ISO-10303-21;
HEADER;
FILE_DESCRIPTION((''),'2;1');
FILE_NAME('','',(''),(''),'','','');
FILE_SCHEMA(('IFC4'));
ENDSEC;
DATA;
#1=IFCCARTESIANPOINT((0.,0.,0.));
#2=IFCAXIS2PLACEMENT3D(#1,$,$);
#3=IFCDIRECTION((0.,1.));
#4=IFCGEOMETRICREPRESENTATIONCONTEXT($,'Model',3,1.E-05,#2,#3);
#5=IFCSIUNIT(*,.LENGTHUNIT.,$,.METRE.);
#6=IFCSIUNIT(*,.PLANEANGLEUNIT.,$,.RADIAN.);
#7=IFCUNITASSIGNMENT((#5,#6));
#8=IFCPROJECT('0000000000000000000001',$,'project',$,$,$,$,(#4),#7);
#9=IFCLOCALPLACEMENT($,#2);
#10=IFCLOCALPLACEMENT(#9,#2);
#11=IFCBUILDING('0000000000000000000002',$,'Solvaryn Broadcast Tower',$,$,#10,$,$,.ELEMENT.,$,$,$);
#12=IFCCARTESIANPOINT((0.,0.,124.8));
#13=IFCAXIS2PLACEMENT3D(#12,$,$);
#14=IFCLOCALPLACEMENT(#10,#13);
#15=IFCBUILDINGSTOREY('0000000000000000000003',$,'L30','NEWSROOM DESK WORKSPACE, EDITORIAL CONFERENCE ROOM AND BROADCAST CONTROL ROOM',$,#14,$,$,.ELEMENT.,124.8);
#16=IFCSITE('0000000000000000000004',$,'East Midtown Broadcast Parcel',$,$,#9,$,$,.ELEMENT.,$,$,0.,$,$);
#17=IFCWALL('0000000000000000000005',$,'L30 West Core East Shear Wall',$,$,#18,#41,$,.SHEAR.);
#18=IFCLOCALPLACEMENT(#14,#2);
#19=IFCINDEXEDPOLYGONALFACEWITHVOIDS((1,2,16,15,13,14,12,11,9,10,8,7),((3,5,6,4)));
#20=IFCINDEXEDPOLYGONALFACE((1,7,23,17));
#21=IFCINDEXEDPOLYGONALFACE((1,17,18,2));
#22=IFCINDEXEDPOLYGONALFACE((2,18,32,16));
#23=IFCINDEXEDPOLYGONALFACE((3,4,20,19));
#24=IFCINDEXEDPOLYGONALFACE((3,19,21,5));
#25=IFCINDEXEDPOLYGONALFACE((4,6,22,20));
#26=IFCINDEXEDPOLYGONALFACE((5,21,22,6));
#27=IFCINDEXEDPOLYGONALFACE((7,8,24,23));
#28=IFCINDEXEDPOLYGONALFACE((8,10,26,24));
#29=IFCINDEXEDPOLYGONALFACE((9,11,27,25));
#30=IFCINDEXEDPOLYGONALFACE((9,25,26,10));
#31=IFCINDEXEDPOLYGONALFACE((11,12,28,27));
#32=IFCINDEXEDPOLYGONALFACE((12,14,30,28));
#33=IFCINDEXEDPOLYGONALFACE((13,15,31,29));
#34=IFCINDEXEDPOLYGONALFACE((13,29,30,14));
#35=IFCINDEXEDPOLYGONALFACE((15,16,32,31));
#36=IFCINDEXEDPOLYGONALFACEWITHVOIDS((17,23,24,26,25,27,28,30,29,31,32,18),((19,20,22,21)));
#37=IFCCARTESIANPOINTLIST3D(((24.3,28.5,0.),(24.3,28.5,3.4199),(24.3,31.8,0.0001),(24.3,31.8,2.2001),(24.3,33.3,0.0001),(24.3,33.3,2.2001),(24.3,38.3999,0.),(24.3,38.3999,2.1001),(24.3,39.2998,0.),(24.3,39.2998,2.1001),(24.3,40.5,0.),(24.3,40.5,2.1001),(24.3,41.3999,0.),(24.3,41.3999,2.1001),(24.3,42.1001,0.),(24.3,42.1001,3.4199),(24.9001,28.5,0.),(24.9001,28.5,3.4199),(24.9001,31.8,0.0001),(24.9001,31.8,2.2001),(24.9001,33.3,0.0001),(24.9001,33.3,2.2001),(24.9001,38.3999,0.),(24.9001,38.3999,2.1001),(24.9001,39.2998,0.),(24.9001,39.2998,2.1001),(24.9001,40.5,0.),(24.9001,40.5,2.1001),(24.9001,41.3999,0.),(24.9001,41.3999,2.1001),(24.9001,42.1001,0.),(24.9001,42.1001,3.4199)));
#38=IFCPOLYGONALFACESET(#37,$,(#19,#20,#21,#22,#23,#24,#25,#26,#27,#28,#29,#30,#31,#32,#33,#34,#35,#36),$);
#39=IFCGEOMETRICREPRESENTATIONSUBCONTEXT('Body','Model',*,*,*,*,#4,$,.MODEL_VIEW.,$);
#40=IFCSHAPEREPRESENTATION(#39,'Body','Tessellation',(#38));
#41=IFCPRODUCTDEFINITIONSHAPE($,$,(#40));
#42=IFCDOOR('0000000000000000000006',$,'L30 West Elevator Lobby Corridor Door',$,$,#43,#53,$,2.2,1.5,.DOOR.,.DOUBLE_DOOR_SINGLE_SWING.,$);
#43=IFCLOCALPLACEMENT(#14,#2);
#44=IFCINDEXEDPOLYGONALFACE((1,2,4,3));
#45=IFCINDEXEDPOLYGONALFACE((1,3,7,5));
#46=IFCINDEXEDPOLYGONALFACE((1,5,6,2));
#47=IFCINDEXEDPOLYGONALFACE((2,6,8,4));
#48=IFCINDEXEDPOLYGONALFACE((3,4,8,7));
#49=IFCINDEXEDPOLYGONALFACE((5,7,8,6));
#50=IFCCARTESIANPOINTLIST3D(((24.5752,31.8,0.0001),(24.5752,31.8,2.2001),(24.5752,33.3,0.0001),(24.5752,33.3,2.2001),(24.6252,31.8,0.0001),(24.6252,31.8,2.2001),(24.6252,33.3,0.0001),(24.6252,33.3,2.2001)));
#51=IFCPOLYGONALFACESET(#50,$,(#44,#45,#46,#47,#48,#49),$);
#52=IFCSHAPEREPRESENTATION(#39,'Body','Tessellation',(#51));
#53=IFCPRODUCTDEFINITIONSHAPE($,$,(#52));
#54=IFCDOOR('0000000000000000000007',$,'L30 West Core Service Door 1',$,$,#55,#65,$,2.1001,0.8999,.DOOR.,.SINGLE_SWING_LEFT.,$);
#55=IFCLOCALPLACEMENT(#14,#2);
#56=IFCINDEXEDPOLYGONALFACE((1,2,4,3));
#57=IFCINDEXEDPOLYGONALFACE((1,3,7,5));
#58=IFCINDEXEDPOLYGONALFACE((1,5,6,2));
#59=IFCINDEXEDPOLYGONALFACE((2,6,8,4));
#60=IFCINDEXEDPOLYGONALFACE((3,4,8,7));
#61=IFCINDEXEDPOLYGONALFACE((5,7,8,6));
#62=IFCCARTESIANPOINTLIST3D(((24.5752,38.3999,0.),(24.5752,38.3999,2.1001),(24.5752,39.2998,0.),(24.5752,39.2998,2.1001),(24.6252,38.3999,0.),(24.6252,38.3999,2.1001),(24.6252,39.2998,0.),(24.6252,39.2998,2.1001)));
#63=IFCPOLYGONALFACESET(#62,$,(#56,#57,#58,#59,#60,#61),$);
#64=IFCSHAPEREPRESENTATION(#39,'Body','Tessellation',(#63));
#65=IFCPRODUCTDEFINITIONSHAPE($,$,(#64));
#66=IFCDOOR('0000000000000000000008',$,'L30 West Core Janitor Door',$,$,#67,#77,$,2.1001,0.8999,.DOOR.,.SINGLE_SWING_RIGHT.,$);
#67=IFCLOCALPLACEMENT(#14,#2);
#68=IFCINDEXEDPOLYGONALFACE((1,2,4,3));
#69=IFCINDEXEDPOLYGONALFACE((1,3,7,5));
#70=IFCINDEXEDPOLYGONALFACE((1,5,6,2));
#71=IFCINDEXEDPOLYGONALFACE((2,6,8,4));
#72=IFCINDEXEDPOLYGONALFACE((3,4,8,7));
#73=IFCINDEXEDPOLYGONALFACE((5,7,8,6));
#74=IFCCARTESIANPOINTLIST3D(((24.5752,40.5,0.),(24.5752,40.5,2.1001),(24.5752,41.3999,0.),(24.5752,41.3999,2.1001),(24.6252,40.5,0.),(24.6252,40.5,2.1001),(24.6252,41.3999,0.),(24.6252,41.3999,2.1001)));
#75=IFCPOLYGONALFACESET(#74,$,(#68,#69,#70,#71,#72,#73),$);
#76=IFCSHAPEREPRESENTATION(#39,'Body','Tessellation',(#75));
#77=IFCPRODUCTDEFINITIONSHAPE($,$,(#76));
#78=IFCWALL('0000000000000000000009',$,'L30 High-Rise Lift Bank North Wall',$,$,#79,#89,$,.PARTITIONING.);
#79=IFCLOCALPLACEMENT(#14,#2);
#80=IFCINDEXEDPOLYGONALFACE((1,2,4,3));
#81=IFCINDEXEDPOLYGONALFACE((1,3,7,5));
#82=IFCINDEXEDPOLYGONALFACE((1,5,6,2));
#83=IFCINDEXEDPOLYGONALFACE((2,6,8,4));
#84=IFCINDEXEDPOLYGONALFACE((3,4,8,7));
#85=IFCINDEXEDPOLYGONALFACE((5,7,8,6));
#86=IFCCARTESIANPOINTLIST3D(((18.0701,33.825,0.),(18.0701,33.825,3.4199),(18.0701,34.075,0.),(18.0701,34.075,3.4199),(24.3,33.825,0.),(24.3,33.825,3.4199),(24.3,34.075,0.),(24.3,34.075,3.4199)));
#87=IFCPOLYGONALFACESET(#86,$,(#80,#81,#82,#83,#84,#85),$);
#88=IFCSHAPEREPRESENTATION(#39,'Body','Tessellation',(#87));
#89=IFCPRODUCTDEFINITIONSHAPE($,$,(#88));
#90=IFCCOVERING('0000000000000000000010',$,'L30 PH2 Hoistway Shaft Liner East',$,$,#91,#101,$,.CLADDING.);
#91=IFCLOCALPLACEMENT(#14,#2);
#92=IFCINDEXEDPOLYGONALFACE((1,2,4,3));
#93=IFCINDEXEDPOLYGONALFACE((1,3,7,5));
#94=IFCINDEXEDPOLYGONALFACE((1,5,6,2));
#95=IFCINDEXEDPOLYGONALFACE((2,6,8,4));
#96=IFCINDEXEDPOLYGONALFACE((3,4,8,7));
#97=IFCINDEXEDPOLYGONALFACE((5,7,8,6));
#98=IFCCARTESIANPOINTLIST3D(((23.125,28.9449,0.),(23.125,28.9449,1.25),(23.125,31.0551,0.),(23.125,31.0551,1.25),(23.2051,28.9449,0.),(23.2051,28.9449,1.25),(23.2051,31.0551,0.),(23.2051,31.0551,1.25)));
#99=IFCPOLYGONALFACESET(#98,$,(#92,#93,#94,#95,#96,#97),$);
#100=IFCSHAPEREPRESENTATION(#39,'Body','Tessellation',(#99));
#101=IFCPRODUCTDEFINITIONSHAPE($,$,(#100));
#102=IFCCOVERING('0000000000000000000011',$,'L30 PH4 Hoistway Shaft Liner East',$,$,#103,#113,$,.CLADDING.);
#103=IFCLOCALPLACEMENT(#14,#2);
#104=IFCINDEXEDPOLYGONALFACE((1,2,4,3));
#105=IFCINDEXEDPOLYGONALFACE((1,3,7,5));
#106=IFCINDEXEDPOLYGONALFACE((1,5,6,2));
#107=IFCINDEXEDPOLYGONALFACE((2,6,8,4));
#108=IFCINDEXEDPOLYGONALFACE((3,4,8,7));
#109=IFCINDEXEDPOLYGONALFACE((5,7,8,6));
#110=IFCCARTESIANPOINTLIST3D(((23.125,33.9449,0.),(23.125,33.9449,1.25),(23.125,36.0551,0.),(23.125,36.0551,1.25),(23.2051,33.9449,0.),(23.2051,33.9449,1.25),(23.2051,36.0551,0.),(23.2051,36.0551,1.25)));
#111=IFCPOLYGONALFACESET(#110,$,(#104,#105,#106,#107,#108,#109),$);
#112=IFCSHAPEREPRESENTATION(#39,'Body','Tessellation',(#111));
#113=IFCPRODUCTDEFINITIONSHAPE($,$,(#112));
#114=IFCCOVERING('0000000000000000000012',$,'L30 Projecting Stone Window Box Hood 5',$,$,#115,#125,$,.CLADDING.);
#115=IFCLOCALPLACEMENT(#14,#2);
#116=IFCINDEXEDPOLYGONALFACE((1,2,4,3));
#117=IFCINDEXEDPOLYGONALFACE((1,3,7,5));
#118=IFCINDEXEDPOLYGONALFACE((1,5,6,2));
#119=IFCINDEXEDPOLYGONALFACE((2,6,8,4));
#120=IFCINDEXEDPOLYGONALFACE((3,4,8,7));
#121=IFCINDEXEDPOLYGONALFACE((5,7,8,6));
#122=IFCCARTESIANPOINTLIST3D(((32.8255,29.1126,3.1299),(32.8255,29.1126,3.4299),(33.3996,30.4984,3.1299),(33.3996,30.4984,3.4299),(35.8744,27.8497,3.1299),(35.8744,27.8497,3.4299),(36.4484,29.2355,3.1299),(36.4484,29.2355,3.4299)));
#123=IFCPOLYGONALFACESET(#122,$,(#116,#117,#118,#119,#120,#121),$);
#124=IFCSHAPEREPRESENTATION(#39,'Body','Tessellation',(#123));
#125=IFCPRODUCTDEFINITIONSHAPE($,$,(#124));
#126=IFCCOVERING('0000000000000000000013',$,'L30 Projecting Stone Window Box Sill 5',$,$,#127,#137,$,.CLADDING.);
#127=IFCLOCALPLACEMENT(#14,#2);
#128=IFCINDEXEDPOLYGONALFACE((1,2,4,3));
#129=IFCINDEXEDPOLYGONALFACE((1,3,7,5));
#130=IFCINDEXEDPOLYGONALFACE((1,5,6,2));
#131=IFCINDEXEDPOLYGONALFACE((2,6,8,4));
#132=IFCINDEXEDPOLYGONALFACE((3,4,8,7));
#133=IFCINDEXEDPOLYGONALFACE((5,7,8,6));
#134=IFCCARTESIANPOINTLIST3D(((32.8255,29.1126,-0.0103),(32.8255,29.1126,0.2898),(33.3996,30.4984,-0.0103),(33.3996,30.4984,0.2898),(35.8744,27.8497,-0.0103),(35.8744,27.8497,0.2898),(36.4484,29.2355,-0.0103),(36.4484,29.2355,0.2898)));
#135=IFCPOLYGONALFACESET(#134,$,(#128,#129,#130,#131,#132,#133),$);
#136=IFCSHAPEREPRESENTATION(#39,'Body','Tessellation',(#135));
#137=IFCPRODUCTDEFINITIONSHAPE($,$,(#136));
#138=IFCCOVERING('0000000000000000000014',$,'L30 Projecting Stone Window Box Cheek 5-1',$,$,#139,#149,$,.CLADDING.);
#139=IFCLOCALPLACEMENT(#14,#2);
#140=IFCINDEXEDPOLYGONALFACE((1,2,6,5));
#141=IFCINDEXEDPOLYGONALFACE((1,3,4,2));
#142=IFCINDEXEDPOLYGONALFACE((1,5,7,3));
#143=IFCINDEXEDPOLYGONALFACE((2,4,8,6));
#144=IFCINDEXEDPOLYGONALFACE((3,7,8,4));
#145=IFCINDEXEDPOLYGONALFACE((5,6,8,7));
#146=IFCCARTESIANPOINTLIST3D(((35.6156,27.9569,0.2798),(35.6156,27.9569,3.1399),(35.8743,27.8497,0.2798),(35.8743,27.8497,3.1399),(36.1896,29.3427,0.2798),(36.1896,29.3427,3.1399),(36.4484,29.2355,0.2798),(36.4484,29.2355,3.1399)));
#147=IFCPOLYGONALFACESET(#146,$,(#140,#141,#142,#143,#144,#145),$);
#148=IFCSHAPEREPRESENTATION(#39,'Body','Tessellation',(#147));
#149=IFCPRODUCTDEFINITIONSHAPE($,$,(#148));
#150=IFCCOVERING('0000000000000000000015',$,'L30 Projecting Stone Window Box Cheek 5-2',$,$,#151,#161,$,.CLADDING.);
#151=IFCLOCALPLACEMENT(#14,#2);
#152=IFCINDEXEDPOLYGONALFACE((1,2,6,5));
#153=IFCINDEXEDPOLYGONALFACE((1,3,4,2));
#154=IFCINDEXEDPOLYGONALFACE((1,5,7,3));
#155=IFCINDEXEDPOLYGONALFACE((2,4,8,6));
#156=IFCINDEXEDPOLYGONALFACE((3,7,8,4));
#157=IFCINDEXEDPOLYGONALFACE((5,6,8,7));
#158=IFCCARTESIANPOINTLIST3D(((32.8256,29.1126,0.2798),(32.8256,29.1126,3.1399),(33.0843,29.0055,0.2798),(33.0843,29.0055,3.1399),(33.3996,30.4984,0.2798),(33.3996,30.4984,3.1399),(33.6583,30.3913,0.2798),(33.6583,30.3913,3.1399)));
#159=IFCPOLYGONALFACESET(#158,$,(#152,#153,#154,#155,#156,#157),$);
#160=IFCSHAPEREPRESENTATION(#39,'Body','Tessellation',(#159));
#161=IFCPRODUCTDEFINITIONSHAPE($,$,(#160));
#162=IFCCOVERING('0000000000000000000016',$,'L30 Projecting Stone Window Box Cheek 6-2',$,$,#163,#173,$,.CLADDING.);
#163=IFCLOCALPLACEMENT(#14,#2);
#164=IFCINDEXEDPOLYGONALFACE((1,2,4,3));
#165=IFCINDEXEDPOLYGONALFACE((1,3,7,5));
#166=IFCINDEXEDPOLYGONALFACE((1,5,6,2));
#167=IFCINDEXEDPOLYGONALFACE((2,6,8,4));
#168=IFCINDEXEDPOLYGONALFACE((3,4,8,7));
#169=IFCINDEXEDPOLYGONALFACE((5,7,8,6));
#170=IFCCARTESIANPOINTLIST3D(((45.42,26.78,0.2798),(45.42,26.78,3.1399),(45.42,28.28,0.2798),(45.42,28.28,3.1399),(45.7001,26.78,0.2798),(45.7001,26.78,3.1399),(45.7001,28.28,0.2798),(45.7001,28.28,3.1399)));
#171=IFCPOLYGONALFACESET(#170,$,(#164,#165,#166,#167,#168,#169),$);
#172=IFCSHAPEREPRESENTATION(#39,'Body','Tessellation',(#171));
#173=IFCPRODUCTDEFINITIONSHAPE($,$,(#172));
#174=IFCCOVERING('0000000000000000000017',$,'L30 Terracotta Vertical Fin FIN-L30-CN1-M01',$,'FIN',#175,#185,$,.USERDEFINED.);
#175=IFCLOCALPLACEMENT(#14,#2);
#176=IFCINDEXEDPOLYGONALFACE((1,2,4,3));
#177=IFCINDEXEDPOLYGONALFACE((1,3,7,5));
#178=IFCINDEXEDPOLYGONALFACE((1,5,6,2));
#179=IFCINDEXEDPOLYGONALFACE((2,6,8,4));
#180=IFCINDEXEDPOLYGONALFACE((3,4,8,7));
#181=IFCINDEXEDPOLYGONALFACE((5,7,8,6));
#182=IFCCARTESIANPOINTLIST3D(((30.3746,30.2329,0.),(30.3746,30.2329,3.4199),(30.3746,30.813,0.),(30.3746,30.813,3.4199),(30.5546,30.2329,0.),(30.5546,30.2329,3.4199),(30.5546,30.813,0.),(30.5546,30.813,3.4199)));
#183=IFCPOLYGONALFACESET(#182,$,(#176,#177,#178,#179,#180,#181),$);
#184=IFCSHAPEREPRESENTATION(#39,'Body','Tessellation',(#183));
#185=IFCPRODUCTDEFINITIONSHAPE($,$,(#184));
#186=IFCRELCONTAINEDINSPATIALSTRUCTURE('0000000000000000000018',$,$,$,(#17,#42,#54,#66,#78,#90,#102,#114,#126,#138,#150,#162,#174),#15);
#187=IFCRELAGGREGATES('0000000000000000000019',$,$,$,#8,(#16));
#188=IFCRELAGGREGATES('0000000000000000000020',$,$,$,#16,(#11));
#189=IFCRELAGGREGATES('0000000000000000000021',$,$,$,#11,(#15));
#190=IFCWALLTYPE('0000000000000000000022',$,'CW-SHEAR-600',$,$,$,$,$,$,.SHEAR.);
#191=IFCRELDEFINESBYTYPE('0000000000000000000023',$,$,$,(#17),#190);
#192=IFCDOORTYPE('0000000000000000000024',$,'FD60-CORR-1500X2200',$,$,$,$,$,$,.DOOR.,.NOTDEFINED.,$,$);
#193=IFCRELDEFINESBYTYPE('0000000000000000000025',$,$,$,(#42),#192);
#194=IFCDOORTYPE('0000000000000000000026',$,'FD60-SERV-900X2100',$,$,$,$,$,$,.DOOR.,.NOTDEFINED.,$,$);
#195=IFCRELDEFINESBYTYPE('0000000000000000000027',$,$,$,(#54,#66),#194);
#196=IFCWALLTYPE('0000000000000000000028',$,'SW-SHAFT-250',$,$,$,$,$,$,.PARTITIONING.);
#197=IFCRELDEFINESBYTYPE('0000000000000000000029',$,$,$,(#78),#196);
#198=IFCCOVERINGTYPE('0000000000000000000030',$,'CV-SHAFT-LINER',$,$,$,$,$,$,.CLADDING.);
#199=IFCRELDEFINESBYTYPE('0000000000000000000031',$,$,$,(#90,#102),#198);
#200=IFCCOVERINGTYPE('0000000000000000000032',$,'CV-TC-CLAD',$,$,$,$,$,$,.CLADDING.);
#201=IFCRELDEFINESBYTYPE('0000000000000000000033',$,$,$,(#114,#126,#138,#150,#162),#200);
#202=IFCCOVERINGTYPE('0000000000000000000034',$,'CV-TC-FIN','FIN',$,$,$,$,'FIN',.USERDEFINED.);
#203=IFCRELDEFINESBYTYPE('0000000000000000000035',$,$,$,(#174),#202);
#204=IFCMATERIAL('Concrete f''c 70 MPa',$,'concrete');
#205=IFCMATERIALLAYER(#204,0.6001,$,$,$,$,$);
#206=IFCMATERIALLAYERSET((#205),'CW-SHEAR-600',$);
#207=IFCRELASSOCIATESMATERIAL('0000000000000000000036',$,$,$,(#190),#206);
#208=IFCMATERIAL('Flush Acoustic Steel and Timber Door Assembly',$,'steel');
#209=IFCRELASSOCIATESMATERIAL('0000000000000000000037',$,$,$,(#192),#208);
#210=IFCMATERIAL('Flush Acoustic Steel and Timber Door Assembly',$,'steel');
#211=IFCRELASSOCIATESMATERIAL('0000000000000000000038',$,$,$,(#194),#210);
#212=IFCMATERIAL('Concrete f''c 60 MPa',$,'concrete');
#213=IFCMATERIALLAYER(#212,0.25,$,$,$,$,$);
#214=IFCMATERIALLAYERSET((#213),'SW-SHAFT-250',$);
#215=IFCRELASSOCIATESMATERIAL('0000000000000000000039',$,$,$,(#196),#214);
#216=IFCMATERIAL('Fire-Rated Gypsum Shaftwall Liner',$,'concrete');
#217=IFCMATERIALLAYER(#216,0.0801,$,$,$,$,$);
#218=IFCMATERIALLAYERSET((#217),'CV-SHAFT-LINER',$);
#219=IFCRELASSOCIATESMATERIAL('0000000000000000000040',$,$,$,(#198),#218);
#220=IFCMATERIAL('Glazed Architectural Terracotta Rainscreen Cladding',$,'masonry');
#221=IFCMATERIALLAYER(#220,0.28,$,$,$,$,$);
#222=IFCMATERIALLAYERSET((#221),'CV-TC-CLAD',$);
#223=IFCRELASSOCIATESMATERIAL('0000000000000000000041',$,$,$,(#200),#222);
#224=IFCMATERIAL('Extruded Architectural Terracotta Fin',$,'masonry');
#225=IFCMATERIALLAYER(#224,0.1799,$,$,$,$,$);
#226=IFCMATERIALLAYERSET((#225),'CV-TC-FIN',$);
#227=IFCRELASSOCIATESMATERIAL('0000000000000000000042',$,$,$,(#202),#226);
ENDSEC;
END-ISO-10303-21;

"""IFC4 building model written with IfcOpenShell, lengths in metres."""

from ifc_helpers import new_model, si_unit, direction, frame, frame_2d, origin, origin_2d, place, context, subcontext, project, spatial, rectangle, extrude, material, layer, layer_set, type_object, element, fill, save


model = new_model("IFC4")

# Units and contexts
model_context = context("Model", 3, precision=1e-05, world=origin(), true_north=direction((0.0, 1.0)))
body_context = subcontext(model_context, "Body", "Model", "MODEL_VIEW")
ifc_project = project(units=[si_unit("LENGTHUNIT", "METRE"), si_unit("PLANEANGLEUNIT", "RADIAN")], contexts=[model_context])

# Site, building, storey
site_placement = place(None, origin())
site = spatial("IfcSite", under=ifc_project, at=site_placement, Name="East Midtown Broadcast Parcel", CompositionType="ELEMENT", RefElevation=0.0)
building_placement = place(site_placement, origin())
building = spatial("IfcBuilding", under=site, at=building_placement, Name="Solvaryn Broadcast Tower", CompositionType="ELEMENT")
storey_placement = place(building_placement, frame((0.0, 0.0, 124.8)))
storey = spatial("IfcBuildingStorey", under=building, at=storey_placement, Name="L30", Description="NEWSROOM DESK WORKSPACE, EDITORIAL CONFERENCE ROOM AND BROADCAST CONTROL ROOM", CompositionType="ELEMENT", Elevation=124.8)

# Wall, openings, doors
ifc_material_1 = material(Name="Concrete f'c 70 MPa", Category="concrete")
ifc_layer_1 = layer(ifc_material_1, 0.6001)
ifc_layer_set_1 = layer_set([ifc_layer_1], Name="CW-SHEAR-600")
wall_type_1 = type_object("IfcWallType", Name="CW-SHEAR-600", PredefinedType="SHEAR", material=ifc_layer_set_1)
wall_1_placement = place(storey_placement, frame((24.6001, 28.5, 0.0), z_axis=(0.0, 0.0, 1.0), x_axis=(0.0, 1.0, 0.0)))
wall_1 = element("IfcWall", 1, at=wall_1_placement, inside=storey, type_object=wall_type_1, Name="L30 West Core East Shear Wall", PredefinedType="SHEAR", context=body_context, shape_type="SweptSolid", body=[
    extrude(rectangle(XDim=13.6001, YDim=0.6001, at=frame_2d((6.8, 0.0))), origin(), (0.0, 0.0, 1.0), 3.4199),
])
opening_1_placement = place(wall_1_placement, frame((3.3, 0.0, 0.0)))
opening_1 = element("IfcOpeningElement", 2, at=opening_1_placement, cuts=wall_1, PredefinedType="OPENING", context=body_context, shape_type="SweptSolid", body=[
    extrude(rectangle(XDim=1.5, YDim=2.2, at=frame_2d((0.75, 1.1001))), frame((0.0, 0.3101, 0.0), z_axis=(0.0, -1.0, 0.0), x_axis=(1.0, 0.0, 0.0)), (0.0, 0.0, 1.0), 0.6201),
])
opening_2_placement = place(wall_1_placement, frame((9.8999, 0.0, 0.0)))
opening_2 = element("IfcOpeningElement", 3, at=opening_2_placement, cuts=wall_1, PredefinedType="OPENING", context=body_context, shape_type="SweptSolid", body=[
    extrude(rectangle(XDim=0.8999, YDim=2.1001, at=frame_2d((0.45, 1.05))), frame((0.0, 0.3101, 0.0), z_axis=(0.0, -1.0, 0.0), x_axis=(1.0, 0.0, 0.0)), (0.0, 0.0, 1.0), 0.6201),
])
opening_3_placement = place(wall_1_placement, frame((12.0, 0.0, 0.0)))
opening_3 = element("IfcOpeningElement", 4, at=opening_3_placement, cuts=wall_1, PredefinedType="OPENING", context=body_context, shape_type="SweptSolid", body=[
    extrude(rectangle(XDim=0.8999, YDim=2.1001, at=frame_2d((0.45, 1.05))), frame((0.0, 0.3101, 0.0), z_axis=(0.0, -1.0, 0.0), x_axis=(1.0, 0.0, 0.0)), (0.0, 0.0, 1.0), 0.6201),
])
ifc_material_2 = material(Name="Flush Acoustic Steel and Timber Door Assembly", Category="steel")
door_type_1 = type_object("IfcDoorType", Name="FD60-CORR-1500X2200", OperationType="NOTDEFINED", PredefinedType="DOOR", material=ifc_material_2)
door_1_placement = place(opening_1_placement, origin())
door_1 = element("IfcDoor", 5, at=door_1_placement, inside=storey, type_object=door_type_1, Name="L30 West Elevator Lobby Corridor Door", OperationType="DOUBLE_DOOR_SINGLE_SWING", OverallHeight=2.2, OverallWidth=1.5, PredefinedType="DOOR", context=body_context, shape_type="SweptSolid", body=[
    extrude(rectangle(XDim=1.5, YDim=2.2, at=frame_2d((0.75, 1.1001))), frame((0.0, 0.0249, 0.0), z_axis=(0.0, -1.0, 0.0), x_axis=(1.0, 0.0, 0.0)), (0.0, 0.0, 1.0), 0.05),
])
fill(opening_1, door_1)
ifc_material_3 = material(Name="Flush Acoustic Steel and Timber Door Assembly", Category="steel")
door_type_2 = type_object("IfcDoorType", Name="FD60-SERV-900X2100", OperationType="NOTDEFINED", PredefinedType="DOOR", material=ifc_material_3)
door_2_placement = place(opening_2_placement, origin())
door_2 = element("IfcDoor", 6, at=door_2_placement, inside=storey, type_object=door_type_2, Name="L30 West Core Service Door 1", OperationType="SINGLE_SWING_LEFT", OverallHeight=2.1001, OverallWidth=0.8999, PredefinedType="DOOR", context=body_context, shape_type="SweptSolid", body=[
    extrude(rectangle(XDim=0.8999, YDim=2.1001, at=frame_2d((0.45, 1.05))), frame((0.0, 0.0249, 0.0), z_axis=(0.0, -1.0, 0.0), x_axis=(1.0, 0.0, 0.0)), (0.0, 0.0, 1.0), 0.05),
])
fill(opening_2, door_2)
door_3_placement = place(opening_3_placement, origin())
door_3 = element("IfcDoor", 7, at=door_3_placement, inside=storey, type_object=door_type_2, Name="L30 West Core Janitor Door", OperationType="SINGLE_SWING_RIGHT", OverallHeight=2.1001, OverallWidth=0.8999, PredefinedType="DOOR", context=body_context, shape_type="SweptSolid", body=[
    extrude(rectangle(XDim=0.8999, YDim=2.1001, at=frame_2d((0.45, 1.05))), frame((0.0, 0.0249, 0.0), z_axis=(0.0, -1.0, 0.0), x_axis=(1.0, 0.0, 0.0)), (0.0, 0.0, 1.0), 0.05),
])
fill(opening_3, door_3)

# Wall
ifc_material_4 = material(Name="Concrete f'c 60 MPa", Category="concrete")
ifc_layer_2 = layer(ifc_material_4, 0.25)
ifc_layer_set_2 = layer_set([ifc_layer_2], Name="SW-SHAFT-250")
wall_type_2 = type_object("IfcWallType", Name="SW-SHAFT-250", PredefinedType="PARTITIONING", material=ifc_layer_set_2)
wall_2_placement = place(storey_placement, frame((24.3, 33.95, 0.0), z_axis=(0.0, 0.0, 1.0), x_axis=(-1.0, 0.0, 0.0)))
element("IfcWall", 8, at=wall_2_placement, inside=storey, type_object=wall_type_2, Name="L30 High-Rise Lift Bank North Wall", PredefinedType="PARTITIONING", context=body_context, shape_type="SweptSolid", body=[
    extrude(rectangle(XDim=6.23, YDim=0.25, at=frame_2d((3.115, 0.0))), origin(), (0.0, 0.0, 1.0), 3.4199),
])

# Coverings
ifc_material_5 = material(Name="Fire-Rated Gypsum Shaftwall Liner", Category="concrete")
ifc_layer_3 = layer(ifc_material_5, 0.0801)
ifc_layer_set_3 = layer_set([ifc_layer_3], Name="CV-SHAFT-LINER")
covering_type_1 = type_object("IfcCoveringType", Name="CV-SHAFT-LINER", PredefinedType="CLADDING", material=ifc_layer_set_3)
for number, where, z_axis, x_axis, name in (
    (9, (23.165, 30.0, 0.0), (0.0, 0.0, 1.0), (1.0, 0.0, 0.0), "L30 PH2 Hoistway Shaft Liner East"),
    (10, (23.165, 35.0, 0.0), (0.0, 0.0, 1.0), (1.0, 0.0, 0.0), "L30 PH4 Hoistway Shaft Liner East"),
):
    element("IfcCovering", number, at=place(storey_placement, frame(where, z_axis=z_axis, x_axis=x_axis)), inside=storey, type_object=covering_type_1, Name=name, PredefinedType="CLADDING", context=body_context, shape_type="SweptSolid", body=[
        extrude(rectangle(XDim=0.0801, YDim=2.1101, at=origin_2d()), origin(), (0.0, 0.0, 1.0), 1.25),
    ])
ifc_material_6 = material(Name="Glazed Architectural Terracotta Rainscreen Cladding", Category="masonry")
ifc_layer_4 = layer(ifc_material_6, 0.28)
ifc_layer_set_4 = layer_set([ifc_layer_4], Name="CV-TC-CLAD")
covering_type_2 = type_object("IfcCoveringType", Name="CV-TC-CLAD", PredefinedType="CLADDING", material=ifc_layer_set_4)
for number, where, z_axis, x_axis, name in (
    (11, (34.637, 29.1741, 3.1299), (0.0, 0.0, 1.0), (-0.92388, 0.382683, 0.0), "L30 Projecting Stone Window Box Hood 5"),
    (12, (34.637, 29.1741, -0.0103), (0.0, 0.0, 1.0), (-0.92388, 0.382683, 0.0), "L30 Projecting Stone Window Box Sill 5"),
):
    element("IfcCovering", number, at=place(storey_placement, frame(where, z_axis=z_axis, x_axis=x_axis)), inside=storey, type_object=covering_type_2, Name=name, PredefinedType="CLADDING", context=body_context, shape_type="SweptSolid", body=[
        extrude(rectangle(XDim=3.3, YDim=1.5, at=origin_2d()), origin(), (0.0, 0.0, 1.0), 0.3),
    ])
for number, where, z_axis, x_axis, name in (
    (13, (36.032, 28.5962, 0.2798), (0.0, 0.0, 1.0), (-0.92388, 0.382683, 0.0), "L30 Projecting Stone Window Box Cheek 5-1"),
    (14, (33.2419, 29.752, 0.2798), (0.0, 0.0, 1.0), (-0.92388, 0.382683, 0.0), "L30 Projecting Stone Window Box Cheek 5-2"),
    (15, (45.5601, 27.53, 0.2798), (0.0, 0.0, 1.0), (1.0, 0.0, 0.0), "L30 Projecting Stone Window Box Cheek 6-2"),
):
    element("IfcCovering", number, at=place(storey_placement, frame(where, z_axis=z_axis, x_axis=x_axis)), inside=storey, type_object=covering_type_2, Name=name, PredefinedType="CLADDING", context=body_context, shape_type="SweptSolid", body=[
        extrude(rectangle(XDim=0.28, YDim=1.5, at=origin_2d()), origin(), (0.0, 0.0, 1.0), 2.8601),
    ])
ifc_material_7 = material(Name="Extruded Architectural Terracotta Fin", Category="masonry")
ifc_layer_5 = layer(ifc_material_7, 0.1799)
ifc_layer_set_5 = layer_set([ifc_layer_5], Name="CV-TC-FIN")
covering_type_3 = type_object("IfcCoveringType", Name="CV-TC-FIN", Description="FIN", ElementType="FIN", PredefinedType="USERDEFINED", material=ifc_layer_set_5)
covering_1_placement = place(storey_placement, frame((30.4646, 30.5229, 0.0), z_axis=(0.0, 0.0, 1.0), x_axis=(1.0, 0.0, 0.0)))
element("IfcCovering", 16, at=covering_1_placement, inside=storey, type_object=covering_type_3, Name="L30 Terracotta Vertical Fin FIN-L30-CN1-M01", ObjectType="FIN", PredefinedType="USERDEFINED", context=body_context, shape_type="SweptSolid", body=[
    extrude(rectangle(XDim=0.1799, YDim=0.5801, at=origin_2d()), origin(), (0.0, 0.0, 1.0), 3.4199),
])

save(model, "model.ifc")
